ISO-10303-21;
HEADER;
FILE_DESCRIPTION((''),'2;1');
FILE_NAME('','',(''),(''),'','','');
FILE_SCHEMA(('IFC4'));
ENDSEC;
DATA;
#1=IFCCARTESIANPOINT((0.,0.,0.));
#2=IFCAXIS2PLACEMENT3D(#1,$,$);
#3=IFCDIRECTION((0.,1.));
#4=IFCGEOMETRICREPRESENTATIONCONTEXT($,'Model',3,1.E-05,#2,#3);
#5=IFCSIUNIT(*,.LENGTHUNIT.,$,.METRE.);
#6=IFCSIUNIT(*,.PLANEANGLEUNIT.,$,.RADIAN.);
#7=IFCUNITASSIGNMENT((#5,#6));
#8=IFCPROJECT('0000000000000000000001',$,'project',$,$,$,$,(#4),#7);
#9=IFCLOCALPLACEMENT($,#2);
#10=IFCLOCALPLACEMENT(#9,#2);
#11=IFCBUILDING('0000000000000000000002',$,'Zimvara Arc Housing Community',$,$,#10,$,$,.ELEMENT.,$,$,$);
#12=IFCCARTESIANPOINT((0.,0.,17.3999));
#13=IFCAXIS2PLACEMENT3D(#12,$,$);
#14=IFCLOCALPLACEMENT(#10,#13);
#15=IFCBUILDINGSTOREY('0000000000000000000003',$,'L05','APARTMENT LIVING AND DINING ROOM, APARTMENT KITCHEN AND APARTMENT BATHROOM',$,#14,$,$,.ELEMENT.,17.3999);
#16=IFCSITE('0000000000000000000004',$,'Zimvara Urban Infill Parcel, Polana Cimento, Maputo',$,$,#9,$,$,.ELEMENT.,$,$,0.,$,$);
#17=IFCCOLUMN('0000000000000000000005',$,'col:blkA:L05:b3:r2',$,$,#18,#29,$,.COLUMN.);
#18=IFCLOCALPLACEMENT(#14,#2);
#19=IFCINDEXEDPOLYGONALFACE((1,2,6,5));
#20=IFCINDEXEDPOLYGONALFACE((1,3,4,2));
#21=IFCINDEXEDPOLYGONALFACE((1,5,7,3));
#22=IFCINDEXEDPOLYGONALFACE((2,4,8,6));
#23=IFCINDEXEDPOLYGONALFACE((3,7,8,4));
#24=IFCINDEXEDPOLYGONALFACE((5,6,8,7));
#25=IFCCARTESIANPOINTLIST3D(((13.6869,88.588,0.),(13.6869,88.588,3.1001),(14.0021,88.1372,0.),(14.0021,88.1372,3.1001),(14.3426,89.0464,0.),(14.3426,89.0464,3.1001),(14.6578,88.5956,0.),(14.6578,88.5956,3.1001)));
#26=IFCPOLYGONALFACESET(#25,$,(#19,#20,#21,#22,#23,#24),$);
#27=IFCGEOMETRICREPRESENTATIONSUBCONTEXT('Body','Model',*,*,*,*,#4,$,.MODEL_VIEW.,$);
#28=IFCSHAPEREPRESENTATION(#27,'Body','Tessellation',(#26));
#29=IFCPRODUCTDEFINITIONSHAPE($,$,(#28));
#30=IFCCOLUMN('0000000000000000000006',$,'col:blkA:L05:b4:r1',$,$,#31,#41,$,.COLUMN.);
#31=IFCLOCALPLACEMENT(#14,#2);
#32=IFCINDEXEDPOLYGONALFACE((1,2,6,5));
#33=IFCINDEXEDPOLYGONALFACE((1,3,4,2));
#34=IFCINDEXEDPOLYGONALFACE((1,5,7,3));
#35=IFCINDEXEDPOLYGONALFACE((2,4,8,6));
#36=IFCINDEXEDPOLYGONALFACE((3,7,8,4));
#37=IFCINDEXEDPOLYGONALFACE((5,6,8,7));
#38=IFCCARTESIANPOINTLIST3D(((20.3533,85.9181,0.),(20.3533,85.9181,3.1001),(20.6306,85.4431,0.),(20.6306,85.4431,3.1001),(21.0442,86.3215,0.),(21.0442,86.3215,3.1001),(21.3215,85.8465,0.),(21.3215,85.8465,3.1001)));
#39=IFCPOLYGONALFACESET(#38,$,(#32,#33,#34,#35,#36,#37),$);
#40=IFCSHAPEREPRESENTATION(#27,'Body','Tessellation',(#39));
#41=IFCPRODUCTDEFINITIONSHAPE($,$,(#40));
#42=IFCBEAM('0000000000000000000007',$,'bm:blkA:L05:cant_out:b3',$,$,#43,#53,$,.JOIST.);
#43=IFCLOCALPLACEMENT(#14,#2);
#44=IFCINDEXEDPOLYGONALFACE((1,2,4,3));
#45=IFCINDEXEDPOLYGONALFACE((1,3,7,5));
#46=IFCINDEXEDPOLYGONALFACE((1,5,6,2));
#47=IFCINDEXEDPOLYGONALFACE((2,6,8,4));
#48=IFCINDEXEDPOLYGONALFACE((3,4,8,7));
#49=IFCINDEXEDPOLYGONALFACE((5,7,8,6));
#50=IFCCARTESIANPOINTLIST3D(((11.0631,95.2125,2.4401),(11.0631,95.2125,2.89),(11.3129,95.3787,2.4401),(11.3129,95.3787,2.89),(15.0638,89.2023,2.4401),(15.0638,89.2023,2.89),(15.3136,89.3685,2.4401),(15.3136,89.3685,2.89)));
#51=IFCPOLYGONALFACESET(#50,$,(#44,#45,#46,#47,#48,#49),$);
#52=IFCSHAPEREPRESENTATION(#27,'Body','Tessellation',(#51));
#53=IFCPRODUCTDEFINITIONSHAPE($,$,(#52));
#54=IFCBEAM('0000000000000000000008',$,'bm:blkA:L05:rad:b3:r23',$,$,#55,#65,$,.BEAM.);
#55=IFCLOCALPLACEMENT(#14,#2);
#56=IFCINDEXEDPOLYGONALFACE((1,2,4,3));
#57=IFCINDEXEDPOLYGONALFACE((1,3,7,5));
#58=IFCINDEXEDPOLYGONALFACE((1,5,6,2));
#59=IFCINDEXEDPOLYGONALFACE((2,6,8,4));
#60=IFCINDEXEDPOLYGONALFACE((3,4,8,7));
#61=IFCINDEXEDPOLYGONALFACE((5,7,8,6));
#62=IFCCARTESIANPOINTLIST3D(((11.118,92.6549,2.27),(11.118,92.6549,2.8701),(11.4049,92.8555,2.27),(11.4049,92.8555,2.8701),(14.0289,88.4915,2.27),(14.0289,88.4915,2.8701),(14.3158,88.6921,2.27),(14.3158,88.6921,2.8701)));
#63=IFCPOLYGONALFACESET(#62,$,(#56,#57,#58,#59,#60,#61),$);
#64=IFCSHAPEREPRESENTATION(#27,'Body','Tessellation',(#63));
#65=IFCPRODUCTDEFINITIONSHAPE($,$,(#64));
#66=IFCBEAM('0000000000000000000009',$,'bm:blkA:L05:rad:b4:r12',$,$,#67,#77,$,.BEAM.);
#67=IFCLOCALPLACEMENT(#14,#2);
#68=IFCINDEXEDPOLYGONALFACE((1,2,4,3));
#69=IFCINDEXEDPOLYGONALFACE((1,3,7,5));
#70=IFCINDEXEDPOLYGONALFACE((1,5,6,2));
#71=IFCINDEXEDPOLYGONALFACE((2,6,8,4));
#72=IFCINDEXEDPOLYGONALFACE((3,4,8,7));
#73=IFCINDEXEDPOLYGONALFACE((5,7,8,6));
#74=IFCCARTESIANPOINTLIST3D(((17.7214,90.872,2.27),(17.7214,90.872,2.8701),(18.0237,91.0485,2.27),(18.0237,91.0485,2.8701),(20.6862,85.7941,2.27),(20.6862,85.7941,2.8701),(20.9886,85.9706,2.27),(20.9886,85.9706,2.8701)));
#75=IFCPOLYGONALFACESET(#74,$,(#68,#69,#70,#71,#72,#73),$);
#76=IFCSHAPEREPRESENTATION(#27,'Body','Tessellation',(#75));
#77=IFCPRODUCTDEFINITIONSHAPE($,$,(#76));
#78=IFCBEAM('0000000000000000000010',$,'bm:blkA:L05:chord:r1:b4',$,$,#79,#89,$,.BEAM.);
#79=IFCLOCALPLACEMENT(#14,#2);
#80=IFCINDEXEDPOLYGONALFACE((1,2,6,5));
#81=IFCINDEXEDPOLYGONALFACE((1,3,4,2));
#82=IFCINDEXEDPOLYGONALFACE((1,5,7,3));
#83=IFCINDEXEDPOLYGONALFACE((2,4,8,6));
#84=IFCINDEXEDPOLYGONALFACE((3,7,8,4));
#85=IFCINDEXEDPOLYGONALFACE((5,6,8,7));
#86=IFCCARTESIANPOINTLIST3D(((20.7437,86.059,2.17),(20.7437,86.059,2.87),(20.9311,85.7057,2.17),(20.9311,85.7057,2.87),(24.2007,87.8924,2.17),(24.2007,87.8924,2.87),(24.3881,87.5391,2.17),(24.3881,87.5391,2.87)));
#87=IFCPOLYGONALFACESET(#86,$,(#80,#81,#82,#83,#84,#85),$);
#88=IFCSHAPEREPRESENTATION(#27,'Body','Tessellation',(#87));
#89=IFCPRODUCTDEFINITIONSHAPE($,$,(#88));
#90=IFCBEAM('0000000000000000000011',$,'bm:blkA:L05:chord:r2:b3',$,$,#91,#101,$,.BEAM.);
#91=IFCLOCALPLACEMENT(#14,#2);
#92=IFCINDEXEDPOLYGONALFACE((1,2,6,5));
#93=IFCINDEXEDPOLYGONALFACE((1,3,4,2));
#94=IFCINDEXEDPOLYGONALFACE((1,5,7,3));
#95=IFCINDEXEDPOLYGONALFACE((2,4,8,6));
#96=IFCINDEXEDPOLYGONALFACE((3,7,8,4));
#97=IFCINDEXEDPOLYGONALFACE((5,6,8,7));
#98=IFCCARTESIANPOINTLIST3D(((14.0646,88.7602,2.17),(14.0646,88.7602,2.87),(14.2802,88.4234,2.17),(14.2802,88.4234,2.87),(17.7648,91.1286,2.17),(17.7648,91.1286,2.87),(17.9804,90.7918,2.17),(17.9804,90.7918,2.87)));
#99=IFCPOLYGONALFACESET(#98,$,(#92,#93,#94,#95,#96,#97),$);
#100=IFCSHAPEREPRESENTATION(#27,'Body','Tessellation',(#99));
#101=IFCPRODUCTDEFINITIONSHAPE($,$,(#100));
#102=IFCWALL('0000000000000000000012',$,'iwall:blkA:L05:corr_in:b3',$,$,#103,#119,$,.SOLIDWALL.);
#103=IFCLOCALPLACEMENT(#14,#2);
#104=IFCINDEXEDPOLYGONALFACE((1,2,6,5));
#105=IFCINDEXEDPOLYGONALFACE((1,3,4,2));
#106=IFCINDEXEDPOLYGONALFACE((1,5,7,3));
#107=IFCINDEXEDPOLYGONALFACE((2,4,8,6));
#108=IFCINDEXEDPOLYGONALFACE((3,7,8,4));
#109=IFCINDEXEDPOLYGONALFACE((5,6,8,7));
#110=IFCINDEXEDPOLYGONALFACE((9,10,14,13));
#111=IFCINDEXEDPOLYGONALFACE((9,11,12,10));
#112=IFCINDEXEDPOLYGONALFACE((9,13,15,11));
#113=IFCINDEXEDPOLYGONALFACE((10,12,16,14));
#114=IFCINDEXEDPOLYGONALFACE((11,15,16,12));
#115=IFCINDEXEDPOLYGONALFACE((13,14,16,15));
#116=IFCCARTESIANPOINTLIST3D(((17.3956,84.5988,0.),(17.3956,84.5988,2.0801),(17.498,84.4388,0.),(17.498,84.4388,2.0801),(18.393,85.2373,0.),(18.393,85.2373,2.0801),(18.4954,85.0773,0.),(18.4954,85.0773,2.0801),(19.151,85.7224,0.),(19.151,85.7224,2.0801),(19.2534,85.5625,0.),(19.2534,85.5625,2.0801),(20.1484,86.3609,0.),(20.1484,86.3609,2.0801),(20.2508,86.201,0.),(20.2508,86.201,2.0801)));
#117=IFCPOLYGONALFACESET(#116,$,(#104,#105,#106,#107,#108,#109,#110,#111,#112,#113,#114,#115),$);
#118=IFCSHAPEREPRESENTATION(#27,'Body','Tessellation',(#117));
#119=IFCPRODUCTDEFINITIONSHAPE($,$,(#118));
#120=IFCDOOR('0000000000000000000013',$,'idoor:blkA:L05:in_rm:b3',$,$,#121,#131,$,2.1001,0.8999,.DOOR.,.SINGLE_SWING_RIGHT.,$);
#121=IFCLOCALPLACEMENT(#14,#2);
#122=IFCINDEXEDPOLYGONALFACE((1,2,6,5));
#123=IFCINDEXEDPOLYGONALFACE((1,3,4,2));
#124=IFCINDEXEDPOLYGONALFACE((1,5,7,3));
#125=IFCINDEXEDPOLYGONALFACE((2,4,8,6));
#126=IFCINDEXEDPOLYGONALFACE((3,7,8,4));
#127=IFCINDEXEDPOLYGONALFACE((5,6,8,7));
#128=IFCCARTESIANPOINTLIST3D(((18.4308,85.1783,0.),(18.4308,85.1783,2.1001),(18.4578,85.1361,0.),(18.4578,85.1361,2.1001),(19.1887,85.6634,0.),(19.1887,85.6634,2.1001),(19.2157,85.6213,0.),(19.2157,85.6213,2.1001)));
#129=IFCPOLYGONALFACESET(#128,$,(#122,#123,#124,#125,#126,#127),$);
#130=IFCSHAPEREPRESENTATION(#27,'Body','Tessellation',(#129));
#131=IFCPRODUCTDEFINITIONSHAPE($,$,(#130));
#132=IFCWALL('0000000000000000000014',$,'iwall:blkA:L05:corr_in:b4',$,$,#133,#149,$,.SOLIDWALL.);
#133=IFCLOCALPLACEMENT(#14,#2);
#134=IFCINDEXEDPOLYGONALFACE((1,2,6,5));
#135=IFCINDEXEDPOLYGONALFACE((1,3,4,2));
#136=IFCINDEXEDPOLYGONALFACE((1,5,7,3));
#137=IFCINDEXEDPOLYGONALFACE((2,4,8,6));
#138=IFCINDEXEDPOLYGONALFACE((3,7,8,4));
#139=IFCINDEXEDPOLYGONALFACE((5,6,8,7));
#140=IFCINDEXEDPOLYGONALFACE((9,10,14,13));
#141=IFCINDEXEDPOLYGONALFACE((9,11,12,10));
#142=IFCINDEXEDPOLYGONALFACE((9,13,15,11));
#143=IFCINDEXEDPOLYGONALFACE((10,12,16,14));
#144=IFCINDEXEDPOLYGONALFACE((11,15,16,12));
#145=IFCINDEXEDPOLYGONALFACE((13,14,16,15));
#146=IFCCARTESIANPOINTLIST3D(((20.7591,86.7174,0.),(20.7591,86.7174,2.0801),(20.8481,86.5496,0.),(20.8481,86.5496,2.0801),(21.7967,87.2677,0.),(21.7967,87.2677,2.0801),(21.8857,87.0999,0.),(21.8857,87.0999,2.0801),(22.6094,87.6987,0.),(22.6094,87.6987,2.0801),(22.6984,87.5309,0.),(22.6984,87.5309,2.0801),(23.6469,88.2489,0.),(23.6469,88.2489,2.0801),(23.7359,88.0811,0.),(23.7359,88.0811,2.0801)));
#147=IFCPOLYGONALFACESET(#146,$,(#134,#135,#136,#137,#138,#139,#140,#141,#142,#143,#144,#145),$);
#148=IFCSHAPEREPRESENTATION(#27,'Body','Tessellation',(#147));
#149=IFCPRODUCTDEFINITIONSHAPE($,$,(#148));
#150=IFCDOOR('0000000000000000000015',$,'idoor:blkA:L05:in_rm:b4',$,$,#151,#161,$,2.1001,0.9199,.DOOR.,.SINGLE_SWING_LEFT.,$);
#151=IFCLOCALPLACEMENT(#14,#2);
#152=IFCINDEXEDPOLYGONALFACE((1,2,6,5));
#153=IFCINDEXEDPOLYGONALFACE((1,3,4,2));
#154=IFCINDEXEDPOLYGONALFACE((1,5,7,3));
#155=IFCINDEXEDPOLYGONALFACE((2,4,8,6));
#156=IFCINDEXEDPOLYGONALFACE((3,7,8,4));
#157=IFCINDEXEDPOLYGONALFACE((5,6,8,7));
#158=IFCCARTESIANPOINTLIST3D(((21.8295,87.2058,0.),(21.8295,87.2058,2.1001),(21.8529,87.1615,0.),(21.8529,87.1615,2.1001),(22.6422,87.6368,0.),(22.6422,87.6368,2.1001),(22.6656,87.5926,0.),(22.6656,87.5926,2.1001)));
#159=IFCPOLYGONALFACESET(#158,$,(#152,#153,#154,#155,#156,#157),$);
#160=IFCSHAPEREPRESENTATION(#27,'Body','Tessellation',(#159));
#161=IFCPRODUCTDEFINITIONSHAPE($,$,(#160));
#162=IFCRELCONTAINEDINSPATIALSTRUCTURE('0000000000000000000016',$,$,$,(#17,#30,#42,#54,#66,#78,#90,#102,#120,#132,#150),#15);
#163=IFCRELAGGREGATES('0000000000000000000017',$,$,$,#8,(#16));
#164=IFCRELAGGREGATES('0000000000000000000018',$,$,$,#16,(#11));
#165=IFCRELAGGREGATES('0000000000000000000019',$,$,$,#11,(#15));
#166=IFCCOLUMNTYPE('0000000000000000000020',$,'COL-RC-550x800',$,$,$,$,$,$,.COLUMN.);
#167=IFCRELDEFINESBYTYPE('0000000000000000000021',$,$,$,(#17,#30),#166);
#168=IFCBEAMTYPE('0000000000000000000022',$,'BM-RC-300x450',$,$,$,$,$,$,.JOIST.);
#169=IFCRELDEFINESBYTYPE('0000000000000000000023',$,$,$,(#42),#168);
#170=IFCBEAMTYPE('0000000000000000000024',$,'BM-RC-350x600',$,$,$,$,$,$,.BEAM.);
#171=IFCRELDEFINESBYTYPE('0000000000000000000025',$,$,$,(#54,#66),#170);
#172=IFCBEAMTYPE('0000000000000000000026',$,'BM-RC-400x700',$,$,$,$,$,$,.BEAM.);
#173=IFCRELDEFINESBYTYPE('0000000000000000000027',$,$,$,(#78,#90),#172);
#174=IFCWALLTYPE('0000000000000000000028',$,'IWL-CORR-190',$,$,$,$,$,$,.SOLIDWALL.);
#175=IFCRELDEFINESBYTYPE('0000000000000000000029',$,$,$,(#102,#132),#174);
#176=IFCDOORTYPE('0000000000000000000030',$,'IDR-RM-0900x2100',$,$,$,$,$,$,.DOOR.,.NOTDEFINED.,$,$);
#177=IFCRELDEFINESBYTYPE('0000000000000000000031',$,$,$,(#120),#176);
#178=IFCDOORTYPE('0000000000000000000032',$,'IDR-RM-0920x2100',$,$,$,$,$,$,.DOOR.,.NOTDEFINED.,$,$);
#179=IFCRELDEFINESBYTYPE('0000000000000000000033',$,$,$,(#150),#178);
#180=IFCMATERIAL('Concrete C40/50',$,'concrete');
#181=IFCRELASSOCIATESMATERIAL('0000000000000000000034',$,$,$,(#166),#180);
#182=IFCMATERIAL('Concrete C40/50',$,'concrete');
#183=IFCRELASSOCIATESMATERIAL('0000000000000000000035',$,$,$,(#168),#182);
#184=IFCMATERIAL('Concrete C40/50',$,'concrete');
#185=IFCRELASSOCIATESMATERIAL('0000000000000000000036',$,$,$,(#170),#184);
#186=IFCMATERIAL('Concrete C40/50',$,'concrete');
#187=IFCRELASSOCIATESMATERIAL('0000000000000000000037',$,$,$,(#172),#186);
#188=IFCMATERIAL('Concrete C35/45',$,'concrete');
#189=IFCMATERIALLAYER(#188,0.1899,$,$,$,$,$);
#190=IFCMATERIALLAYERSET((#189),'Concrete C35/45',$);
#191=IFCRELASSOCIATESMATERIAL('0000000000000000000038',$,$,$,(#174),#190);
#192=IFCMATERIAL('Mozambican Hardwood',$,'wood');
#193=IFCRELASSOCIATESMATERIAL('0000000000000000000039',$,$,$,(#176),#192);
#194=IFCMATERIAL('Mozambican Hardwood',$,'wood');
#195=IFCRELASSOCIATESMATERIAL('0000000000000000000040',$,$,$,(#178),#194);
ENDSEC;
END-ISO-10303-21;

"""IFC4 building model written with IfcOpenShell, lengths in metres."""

from ifc_helpers import new_model, si_unit, direction, frame, frame_2d, origin, origin_2d, place, context, subcontext, project, spatial, rectangle, extrude, material, layer, layer_set, material_profile, profile_set, type_object, element, fill, save


model = new_model("IFC4")

# Units and contexts
model_context = context("Model", 3, precision=1e-05, world=origin(), true_north=direction((0.0, 1.0)))
body_context = subcontext(model_context, "Body", "Model", "MODEL_VIEW")
ifc_project = project(units=[si_unit("LENGTHUNIT", "METRE"), si_unit("PLANEANGLEUNIT", "RADIAN")], contexts=[model_context])

# Site, building, storey
site_placement = place(None, origin())
site = spatial("IfcSite", under=ifc_project, at=site_placement, Name="Zimvara Urban Infill Parcel, Polana Cimento, Maputo", CompositionType="ELEMENT", RefElevation=0.0)
building_placement = place(site_placement, origin())
building = spatial("IfcBuilding", under=site, at=building_placement, Name="Zimvara Arc Housing Community", CompositionType="ELEMENT")
storey_placement = place(building_placement, frame((0.0, 0.0, 17.3999)))
storey = spatial("IfcBuildingStorey", under=building, at=storey_placement, Name="L05", Description="APARTMENT LIVING AND DINING ROOM, APARTMENT KITCHEN AND APARTMENT BATHROOM", CompositionType="ELEMENT", Elevation=17.3999)

# Columns
ifc_material_1 = material(Name="Concrete C40/50", Category="concrete")
ifc_material_profile_1 = material_profile(ifc_material_1, rectangle(XDim=0.55, YDim=0.8, at=origin_2d()), Name="RC 550x800")
ifc_profile_set_1 = profile_set([ifc_material_profile_1], Name="Concrete C40/50")
column_type = type_object("IfcColumnType", Name="COL-RC-550x800", PredefinedType="COLUMN", material=ifc_profile_set_1)
for number, where, z_axis, x_axis, name in (
    (1, (14.1724, 88.5918, 0.0), (0.0, 0.0, 1.0), (-0.573004, 0.819552, 0.0), "col:blkA:L05:b3:r2"),
    (2, (20.8374, 85.8823, 0.0), (0.0, 0.0, 1.0), (-0.504226, 0.863572, 0.0), "col:blkA:L05:b4:r1"),
):
    element("IfcColumn", number, at=place(storey_placement, frame(where, z_axis=z_axis, x_axis=x_axis)), inside=storey, type_object=column_type, Name=name, PredefinedType="COLUMN", context=body_context, shape_type="SweptSolid", body=[
        extrude(rectangle(XDim=0.55, YDim=0.8, at=origin_2d()), origin(), (0.0, 0.0, 1.0), 3.1001),
    ])

# Beams
ifc_material_2 = material(Name="Concrete C40/50", Category="concrete")
ifc_material_profile_2 = material_profile(ifc_material_2, rectangle(XDim=0.3, YDim=0.45, at=origin_2d()), Name="RC 300x450")
ifc_profile_set_2 = profile_set([ifc_material_profile_2], Name="Concrete C40/50")
beam_type_1 = type_object("IfcBeamType", Name="BM-RC-300x450", PredefinedType="JOIST", material=ifc_profile_set_2)
beam_1_placement = place(storey_placement, frame((15.1887, 89.2854, 2.665), z_axis=(-0.554115, 0.83244, 0.0), x_axis=(-0.83244, -0.554115, 0.0)))
element("IfcBeam", 3, at=beam_1_placement, inside=storey, type_object=beam_type_1, Name="bm:blkA:L05:cant_out:b3", PredefinedType="JOIST", context=body_context, shape_type="SweptSolid", body=[
    extrude(rectangle(XDim=0.3, YDim=0.45, at=origin_2d()), origin(), (0.0, 0.0, 1.0), 7.22),
])
ifc_material_3 = material(Name="Concrete C40/50", Category="concrete")
ifc_material_profile_3 = material_profile(ifc_material_3, rectangle(XDim=0.3501, YDim=0.6001, at=origin_2d()), Name="RC 350x600")
ifc_profile_set_3 = profile_set([ifc_material_profile_3], Name="Concrete C40/50")
beam_type_2 = type_object("IfcBeamType", Name="BM-RC-350x600", PredefinedType="BEAM", material=ifc_profile_set_3)
beam_2_placement = place(storey_placement, frame((14.1724, 88.5918, 2.5701), z_axis=(-0.573007, 0.81955, 0.0), x_axis=(-0.81955, -0.573007, 0.0)))
element("IfcBeam", 4, at=beam_2_placement, inside=storey, type_object=beam_type_2, Name="bm:blkA:L05:rad:b3:r23", PredefinedType="BEAM", context=body_context, shape_type="SweptSolid", body=[
    extrude(rectangle(XDim=0.3501, YDim=0.6001, at=origin_2d()), origin(), (0.0, 0.0, 1.0), 5.0801),
])
beam_3_placement = place(storey_placement, frame((20.8374, 85.8823, 2.5701), z_axis=(-0.504219, 0.863576, 0.0), x_axis=(-0.863576, -0.504219, 0.0)))
element("IfcBeam", 5, at=beam_3_placement, inside=storey, type_object=beam_type_2, Name="bm:blkA:L05:rad:b4:r12", PredefinedType="BEAM", context=body_context, shape_type="SweptSolid", body=[
    extrude(rectangle(XDim=0.3501, YDim=0.6001, at=origin_2d()), origin(), (0.0, 0.0, 1.0), 5.8801),
])
ifc_material_4 = material(Name="Concrete C40/50", Category="concrete")
ifc_material_profile_4 = material_profile(ifc_material_4, rectangle(XDim=0.3999, YDim=0.7, at=origin_2d()), Name="RC 400x700")
ifc_profile_set_4 = profile_set([ifc_material_profile_4], Name="Concrete C40/50")
beam_type_3 = type_object("IfcBeamType", Name="BM-RC-400x700", PredefinedType="BEAM", material=ifc_profile_set_4)
beam_4_placement = place(storey_placement, frame((20.8374, 85.8823, 2.52), z_axis=(0.883439, 0.468547, 0.0), x_axis=(-0.468547, 0.883439, 0.0)))
element("IfcBeam", 6, at=beam_4_placement, inside=storey, type_object=beam_type_3, Name="bm:blkA:L05:chord:r1:b4", PredefinedType="BEAM", context=body_context, shape_type="SweptSolid", body=[
    extrude(rectangle(XDim=0.3999, YDim=0.7, at=origin_2d()), origin(), (0.0, 0.0, 1.0), 3.9131),
])
beam_5_placement = place(storey_placement, frame((14.1724, 88.5918, 2.52), z_axis=(0.842242, 0.539099, 0.0), x_axis=(-0.539099, 0.842242, 0.0)))
element("IfcBeam", 7, at=beam_5_placement, inside=storey, type_object=beam_type_3, Name="bm:blkA:L05:chord:r2:b3", PredefinedType="BEAM", context=body_context, shape_type="SweptSolid", body=[
    extrude(rectangle(XDim=0.3999, YDim=0.7, at=origin_2d()), origin(), (0.0, 0.0, 1.0), 4.3933),
])

# Wall, opening, door
ifc_material_5 = material(Name="Concrete C35/45", Category="concrete")
ifc_layer_1 = layer(ifc_material_5, 0.1899)
ifc_layer_set_1 = layer_set([ifc_layer_1], Name="Concrete C35/45")
wall_type_1 = type_object("IfcWallType", Name="IWL-CORR-190", PredefinedType="SOLIDWALL", material=ifc_layer_set_1)
wall_1_placement = place(storey_placement, frame((17.4468, 84.5188, 0.0), z_axis=(0.0, 0.0, 1.0), x_axis=(0.842225, 0.539126, 0.0)))
wall_1 = element("IfcWall", 8, at=wall_1_placement, inside=storey, type_object=wall_type_1, Name="iwall:blkA:L05:corr_in:b3", PredefinedType="SOLIDWALL", context=body_context, shape_type="SweptSolid", body=[
    extrude(rectangle(XDim=3.2686, YDim=0.1899, at=frame_2d((1.6343, 0.0))), origin(), (0.0, 0.0, 1.0), 2.0801),
])
opening_1_placement = place(wall_1_placement, frame((1.1843, 0.0, 0.0)))
opening_1 = element("IfcOpeningElement", 9, at=opening_1_placement, cuts=wall_1, PredefinedType="OPENING", context=body_context, shape_type="SweptSolid", body=[
    extrude(rectangle(XDim=0.8999, YDim=2.1001, at=frame_2d((0.45, 1.05))), frame((0.0, 0.105, 0.0), z_axis=(0.0, -1.0, 0.0), x_axis=(1.0, 0.0, 0.0)), (0.0, 0.0, 1.0), 0.21),
])
ifc_material_6 = material(Name="Mozambican Hardwood", Category="wood")
door_type_1 = type_object("IfcDoorType", Name="IDR-RM-0900x2100", OperationType="NOTDEFINED", PredefinedType="DOOR", material=ifc_material_6)
door_1_placement = place(opening_1_placement, origin())
door_1 = element("IfcDoor", 10, at=door_1_placement, inside=storey, type_object=door_type_1, Name="idoor:blkA:L05:in_rm:b3", OperationType="SINGLE_SWING_RIGHT", OverallHeight=2.1001, OverallWidth=0.8999, PredefinedType="DOOR", context=body_context, shape_type="SweptSolid", body=[
    extrude(rectangle(XDim=0.8999, YDim=2.1001, at=frame_2d((0.45, 1.05))), frame((0.0, 0.0249, 0.0), z_axis=(0.0, -1.0, 0.0), x_axis=(1.0, 0.0, 0.0)), (0.0, 0.0, 1.0), 0.05),
])
fill(opening_1, door_1)

# Wall, opening, door
wall_2_placement = place(storey_placement, frame((20.8037, 86.6335, 0.0), z_axis=(0.0, 0.0, 1.0), x_axis=(0.883444, 0.468536, 0.0)))
wall_2 = element("IfcWall", 11, at=wall_2_placement, inside=storey, type_object=wall_type_1, Name="iwall:blkA:L05:corr_in:b4", PredefinedType="SOLIDWALL", context=body_context, shape_type="SweptSolid", body=[
    extrude(rectangle(XDim=3.2688, YDim=0.1899, at=frame_2d((1.6343, 0.0))), origin(), (0.0, 0.0, 1.0), 2.0801),
])
opening_2_placement = place(wall_2_placement, frame((1.1743, 0.0, 0.0)))
opening_2 = element("IfcOpeningElement", 12, at=opening_2_placement, cuts=wall_2, PredefinedType="OPENING", context=body_context, shape_type="SweptSolid", body=[
    extrude(rectangle(XDim=0.9199, YDim=2.1001, at=frame_2d((0.46, 1.05))), frame((0.0, 0.105, 0.0), z_axis=(0.0, -1.0, 0.0), x_axis=(1.0, 0.0, 0.0)), (0.0, 0.0, 1.0), 0.21),
])
ifc_material_7 = material(Name="Mozambican Hardwood", Category="wood")
door_type_2 = type_object("IfcDoorType", Name="IDR-RM-0920x2100", OperationType="NOTDEFINED", PredefinedType="DOOR", material=ifc_material_7)
door_2_placement = place(opening_2_placement, origin())
door_2 = element("IfcDoor", 13, at=door_2_placement, inside=storey, type_object=door_type_2, Name="idoor:blkA:L05:in_rm:b4", OperationType="SINGLE_SWING_LEFT", OverallHeight=2.1001, OverallWidth=0.9199, PredefinedType="DOOR", context=body_context, shape_type="SweptSolid", body=[
    extrude(rectangle(XDim=0.9199, YDim=2.1001, at=frame_2d((0.46, 1.05))), frame((0.0, 0.0249, 0.0), z_axis=(0.0, -1.0, 0.0), x_axis=(1.0, 0.0, 0.0)), (0.0, 0.0, 1.0), 0.05),
])
fill(opening_2, door_2)

save(model, "model.ifc")
